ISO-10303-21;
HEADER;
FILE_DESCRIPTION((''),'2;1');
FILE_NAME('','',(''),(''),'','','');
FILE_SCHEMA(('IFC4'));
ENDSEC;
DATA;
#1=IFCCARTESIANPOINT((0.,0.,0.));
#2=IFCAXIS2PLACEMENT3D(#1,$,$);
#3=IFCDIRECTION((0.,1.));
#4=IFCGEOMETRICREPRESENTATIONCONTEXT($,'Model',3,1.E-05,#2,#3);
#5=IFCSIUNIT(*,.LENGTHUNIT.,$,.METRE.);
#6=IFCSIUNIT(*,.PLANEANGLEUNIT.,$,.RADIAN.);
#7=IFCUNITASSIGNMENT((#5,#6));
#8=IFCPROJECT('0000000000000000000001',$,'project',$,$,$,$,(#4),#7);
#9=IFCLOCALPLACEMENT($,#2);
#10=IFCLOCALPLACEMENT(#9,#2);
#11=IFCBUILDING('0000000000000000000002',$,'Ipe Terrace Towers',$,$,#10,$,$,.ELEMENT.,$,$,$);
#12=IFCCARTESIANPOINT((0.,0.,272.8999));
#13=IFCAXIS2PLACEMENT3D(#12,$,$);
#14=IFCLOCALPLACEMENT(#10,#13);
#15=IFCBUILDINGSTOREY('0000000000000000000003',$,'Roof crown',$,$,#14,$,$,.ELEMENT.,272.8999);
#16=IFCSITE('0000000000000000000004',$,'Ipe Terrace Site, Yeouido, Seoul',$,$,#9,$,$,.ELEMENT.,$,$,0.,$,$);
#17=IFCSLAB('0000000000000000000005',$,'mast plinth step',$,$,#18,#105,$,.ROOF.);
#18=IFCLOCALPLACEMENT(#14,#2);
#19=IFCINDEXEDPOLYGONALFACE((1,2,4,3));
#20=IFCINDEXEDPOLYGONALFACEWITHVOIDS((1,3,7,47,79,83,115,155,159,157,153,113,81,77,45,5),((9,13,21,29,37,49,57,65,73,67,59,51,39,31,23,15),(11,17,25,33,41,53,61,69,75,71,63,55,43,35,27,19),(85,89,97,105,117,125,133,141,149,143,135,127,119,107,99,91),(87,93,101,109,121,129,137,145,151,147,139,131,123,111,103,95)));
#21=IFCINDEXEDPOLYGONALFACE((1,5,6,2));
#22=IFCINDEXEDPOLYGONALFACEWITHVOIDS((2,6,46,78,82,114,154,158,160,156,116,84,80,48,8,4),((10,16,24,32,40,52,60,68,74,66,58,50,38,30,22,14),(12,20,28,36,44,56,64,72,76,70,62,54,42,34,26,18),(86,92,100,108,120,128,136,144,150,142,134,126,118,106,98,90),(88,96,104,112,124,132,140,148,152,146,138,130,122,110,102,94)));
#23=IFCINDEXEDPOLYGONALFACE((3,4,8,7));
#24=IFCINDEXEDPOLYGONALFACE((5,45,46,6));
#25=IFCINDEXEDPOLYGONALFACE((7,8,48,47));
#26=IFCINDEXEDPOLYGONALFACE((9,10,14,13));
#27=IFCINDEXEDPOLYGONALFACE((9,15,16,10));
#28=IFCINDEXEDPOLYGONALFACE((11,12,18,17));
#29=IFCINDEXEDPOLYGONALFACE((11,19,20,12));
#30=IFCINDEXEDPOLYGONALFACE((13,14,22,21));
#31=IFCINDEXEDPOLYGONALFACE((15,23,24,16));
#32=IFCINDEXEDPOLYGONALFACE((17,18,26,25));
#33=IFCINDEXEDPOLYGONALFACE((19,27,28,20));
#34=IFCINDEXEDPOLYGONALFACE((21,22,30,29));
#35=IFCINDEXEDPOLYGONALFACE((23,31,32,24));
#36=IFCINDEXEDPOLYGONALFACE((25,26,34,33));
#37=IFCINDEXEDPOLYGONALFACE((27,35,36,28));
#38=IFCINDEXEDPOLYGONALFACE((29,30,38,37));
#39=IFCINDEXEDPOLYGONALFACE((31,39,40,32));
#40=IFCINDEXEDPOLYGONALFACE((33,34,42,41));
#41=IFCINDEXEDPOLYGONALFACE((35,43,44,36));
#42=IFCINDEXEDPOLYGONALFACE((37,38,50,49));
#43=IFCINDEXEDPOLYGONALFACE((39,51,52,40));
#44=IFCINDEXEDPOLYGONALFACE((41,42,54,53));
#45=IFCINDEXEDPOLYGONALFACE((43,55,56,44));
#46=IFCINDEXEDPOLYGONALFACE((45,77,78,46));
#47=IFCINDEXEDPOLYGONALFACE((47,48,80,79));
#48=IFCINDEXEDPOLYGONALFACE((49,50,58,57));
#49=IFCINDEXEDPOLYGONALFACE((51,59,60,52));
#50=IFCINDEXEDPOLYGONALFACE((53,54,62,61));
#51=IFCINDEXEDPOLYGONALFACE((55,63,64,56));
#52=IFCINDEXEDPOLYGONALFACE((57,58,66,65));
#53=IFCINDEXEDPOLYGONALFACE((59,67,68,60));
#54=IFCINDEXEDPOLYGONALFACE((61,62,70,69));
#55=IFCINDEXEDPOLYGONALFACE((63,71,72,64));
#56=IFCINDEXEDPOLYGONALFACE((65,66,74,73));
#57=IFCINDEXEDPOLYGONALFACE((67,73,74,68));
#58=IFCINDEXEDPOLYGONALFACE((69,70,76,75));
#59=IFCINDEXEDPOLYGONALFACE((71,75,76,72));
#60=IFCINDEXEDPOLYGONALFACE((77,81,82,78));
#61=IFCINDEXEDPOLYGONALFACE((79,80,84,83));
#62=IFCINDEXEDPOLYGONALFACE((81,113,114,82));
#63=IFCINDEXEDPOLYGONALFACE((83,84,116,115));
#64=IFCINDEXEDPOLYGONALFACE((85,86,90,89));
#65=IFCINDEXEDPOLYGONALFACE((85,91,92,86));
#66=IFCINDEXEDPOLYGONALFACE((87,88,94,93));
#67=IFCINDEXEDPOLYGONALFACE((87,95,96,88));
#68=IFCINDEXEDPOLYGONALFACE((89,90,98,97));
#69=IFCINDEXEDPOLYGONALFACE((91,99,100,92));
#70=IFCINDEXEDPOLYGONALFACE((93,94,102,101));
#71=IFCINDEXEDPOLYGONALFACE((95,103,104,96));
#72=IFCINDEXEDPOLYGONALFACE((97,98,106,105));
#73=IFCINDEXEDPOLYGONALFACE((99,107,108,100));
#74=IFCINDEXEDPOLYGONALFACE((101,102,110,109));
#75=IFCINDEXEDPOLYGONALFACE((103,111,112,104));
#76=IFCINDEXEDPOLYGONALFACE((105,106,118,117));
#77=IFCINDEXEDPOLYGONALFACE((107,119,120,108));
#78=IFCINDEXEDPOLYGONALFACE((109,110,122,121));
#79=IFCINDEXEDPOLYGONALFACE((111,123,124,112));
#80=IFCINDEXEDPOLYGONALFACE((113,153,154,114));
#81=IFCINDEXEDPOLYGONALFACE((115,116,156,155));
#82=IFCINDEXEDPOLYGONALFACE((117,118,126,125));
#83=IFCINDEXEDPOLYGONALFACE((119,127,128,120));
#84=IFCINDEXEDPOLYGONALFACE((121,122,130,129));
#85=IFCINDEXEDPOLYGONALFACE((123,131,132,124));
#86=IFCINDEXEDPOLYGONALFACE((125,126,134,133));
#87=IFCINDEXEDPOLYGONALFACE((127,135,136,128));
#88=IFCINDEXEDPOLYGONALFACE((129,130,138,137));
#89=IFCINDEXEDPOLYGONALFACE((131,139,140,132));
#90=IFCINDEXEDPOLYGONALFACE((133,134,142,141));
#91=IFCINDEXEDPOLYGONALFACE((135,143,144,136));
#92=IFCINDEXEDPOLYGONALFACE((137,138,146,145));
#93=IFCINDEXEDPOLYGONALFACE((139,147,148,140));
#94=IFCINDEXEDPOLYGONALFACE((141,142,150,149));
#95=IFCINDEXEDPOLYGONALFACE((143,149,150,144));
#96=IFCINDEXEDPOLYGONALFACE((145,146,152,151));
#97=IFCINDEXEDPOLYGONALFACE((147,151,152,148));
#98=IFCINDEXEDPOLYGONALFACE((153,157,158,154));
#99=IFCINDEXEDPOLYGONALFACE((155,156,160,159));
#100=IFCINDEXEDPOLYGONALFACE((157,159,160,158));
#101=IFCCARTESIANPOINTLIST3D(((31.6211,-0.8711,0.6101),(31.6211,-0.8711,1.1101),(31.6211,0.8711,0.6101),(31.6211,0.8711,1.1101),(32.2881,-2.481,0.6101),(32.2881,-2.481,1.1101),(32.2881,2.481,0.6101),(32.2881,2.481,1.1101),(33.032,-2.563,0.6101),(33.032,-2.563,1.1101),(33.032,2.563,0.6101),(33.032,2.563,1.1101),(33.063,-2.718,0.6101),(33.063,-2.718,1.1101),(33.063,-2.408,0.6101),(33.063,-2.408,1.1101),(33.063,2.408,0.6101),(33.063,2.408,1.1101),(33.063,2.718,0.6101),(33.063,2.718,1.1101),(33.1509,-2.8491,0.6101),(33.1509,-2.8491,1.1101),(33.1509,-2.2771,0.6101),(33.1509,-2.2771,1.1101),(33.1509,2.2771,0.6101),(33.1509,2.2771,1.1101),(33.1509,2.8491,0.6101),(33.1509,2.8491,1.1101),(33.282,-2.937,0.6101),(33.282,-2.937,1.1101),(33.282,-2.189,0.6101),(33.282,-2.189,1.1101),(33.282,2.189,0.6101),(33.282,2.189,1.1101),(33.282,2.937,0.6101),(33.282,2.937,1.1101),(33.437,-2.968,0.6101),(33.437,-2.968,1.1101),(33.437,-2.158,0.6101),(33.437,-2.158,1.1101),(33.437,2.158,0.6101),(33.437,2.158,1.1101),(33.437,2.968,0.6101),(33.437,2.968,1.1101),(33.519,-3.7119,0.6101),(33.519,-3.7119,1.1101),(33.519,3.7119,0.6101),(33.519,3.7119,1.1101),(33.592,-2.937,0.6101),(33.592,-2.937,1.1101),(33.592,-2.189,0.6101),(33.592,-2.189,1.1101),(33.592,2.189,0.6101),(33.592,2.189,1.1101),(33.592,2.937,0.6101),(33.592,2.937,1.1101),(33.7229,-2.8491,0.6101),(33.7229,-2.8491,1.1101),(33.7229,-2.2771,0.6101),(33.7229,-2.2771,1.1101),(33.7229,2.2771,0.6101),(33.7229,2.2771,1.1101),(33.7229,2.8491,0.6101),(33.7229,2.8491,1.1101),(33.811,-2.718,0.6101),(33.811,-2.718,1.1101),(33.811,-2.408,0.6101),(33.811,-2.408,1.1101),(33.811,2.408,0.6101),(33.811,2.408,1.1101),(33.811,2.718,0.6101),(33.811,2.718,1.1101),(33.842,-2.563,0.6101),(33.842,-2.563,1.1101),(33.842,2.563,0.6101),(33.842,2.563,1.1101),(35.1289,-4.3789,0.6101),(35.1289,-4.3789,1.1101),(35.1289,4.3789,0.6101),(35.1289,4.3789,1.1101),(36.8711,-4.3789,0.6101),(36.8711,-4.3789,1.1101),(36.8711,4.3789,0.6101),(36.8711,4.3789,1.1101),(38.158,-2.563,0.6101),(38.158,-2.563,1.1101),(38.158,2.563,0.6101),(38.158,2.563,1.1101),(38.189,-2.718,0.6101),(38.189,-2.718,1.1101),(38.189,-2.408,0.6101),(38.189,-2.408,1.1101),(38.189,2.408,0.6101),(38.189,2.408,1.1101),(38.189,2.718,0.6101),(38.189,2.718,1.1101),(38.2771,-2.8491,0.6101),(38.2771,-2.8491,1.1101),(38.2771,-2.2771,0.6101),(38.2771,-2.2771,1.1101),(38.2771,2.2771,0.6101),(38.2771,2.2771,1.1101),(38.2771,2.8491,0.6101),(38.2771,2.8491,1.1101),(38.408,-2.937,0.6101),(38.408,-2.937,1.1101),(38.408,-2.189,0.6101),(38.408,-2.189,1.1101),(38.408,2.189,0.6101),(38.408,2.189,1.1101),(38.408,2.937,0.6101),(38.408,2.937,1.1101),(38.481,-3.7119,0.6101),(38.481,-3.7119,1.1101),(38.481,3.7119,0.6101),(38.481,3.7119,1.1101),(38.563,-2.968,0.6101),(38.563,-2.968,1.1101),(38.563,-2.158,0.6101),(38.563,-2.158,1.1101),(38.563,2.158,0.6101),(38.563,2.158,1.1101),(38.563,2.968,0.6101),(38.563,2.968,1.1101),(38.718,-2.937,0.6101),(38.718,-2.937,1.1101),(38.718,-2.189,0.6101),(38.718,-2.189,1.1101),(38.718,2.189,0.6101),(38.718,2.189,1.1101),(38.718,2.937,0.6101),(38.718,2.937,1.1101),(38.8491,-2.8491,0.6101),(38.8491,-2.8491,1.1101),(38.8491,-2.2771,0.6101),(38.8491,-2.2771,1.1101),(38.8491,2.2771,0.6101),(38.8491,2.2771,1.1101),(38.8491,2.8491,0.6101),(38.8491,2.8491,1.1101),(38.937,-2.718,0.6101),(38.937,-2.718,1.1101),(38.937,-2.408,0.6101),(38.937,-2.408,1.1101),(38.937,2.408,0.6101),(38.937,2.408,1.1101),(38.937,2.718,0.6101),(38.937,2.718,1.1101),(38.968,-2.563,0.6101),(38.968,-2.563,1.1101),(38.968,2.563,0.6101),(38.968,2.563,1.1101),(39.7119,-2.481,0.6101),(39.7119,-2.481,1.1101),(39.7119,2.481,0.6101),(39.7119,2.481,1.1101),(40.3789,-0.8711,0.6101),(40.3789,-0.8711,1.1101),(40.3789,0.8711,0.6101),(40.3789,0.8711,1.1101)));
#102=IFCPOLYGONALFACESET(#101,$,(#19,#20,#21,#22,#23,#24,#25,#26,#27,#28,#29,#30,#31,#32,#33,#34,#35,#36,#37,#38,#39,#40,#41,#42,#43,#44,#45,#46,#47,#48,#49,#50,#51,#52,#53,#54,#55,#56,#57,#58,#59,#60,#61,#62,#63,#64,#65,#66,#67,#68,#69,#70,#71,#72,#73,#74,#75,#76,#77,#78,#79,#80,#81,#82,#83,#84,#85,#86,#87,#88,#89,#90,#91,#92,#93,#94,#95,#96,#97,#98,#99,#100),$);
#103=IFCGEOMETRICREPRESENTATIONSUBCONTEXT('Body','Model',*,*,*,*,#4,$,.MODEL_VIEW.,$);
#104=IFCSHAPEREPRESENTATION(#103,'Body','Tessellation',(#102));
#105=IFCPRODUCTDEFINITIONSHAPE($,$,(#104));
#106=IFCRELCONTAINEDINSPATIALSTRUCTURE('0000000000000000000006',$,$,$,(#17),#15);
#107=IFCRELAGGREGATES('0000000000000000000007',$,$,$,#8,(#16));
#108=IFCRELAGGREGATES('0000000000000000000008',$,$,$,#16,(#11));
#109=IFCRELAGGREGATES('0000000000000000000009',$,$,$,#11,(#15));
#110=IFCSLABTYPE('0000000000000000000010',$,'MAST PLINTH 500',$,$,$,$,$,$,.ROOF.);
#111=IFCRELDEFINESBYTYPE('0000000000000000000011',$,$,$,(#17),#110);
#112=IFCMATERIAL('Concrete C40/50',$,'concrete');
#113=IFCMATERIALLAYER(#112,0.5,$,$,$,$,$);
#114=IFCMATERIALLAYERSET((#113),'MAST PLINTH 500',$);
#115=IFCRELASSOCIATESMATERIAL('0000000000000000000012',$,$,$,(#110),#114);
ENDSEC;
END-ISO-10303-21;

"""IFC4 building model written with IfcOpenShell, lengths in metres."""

from ifc_helpers import new_model, si_unit, direction, frame, origin, place, context, subcontext, project, spatial, polyline, outline, extrude, material, layer, layer_set, type_object, element, save


model = new_model("IFC4")

# Units and contexts
model_context = context("Model", 3, precision=1e-05, world=origin(), true_north=direction((0.0, 1.0)))
body_context = subcontext(model_context, "Body", "Model", "MODEL_VIEW")
ifc_project = project(units=[si_unit("LENGTHUNIT", "METRE"), si_unit("PLANEANGLEUNIT", "RADIAN")], contexts=[model_context])

# Site, building, storey
site_placement = place(None, origin())
site = spatial("IfcSite", under=ifc_project, at=site_placement, Name="Ipe Terrace Site, Yeouido, Seoul", CompositionType="ELEMENT", RefElevation=0.0)
building_placement = place(site_placement, origin())
building = spatial("IfcBuilding", under=site, at=building_placement, Name="Ipe Terrace Towers", CompositionType="ELEMENT")
storey_placement = place(building_placement, frame((0.0, 0.0, 272.8999)))
storey = spatial("IfcBuildingStorey", under=building, at=storey_placement, Name="Roof crown", CompositionType="ELEMENT", Elevation=272.8999)

# Slab
ifc_material_1 = material(Name="Concrete C40/50", Category="concrete")
ifc_layer_1 = layer(ifc_material_1, 0.5)
ifc_layer_set_1 = layer_set([ifc_layer_1], Name="MAST PLINTH 500")
slab_type_1 = type_object("IfcSlabType", Name="MAST PLINTH 500", PredefinedType="ROOF", material=ifc_layer_set_1)
slab_1_placement = place(storey_placement, frame((0.0, 0.0, 0.6101)))
element("IfcSlab", 1, at=slab_1_placement, inside=storey, type_object=slab_type_1, Name="mast plinth step", PredefinedType="ROOF", context=body_context, shape_type="SweptSolid", body=[
    extrude(outline(polyline([(40.3789, 0.8711), (39.7119, 2.481), (38.481, 3.7119), (36.8711, 4.3789), (35.1289, 4.3789), (33.519, 3.7119), (32.2881, 2.481), (31.6211, 0.8711), (31.6211, -0.8711), (32.2881, -2.481), (33.519, -3.7119), (35.1289, -4.3789), (36.8711, -4.3789), (38.481, -3.7119), (39.7119, -2.481), (40.3789, -0.8711), (40.3789, 0.8711)]), holes=[polyline([(38.968, -2.563), (38.937, -2.408), (38.8491, -2.2771), (38.718, -2.189), (38.563, -2.158), (38.408, -2.189), (38.2771, -2.2771), (38.189, -2.408), (38.158, -2.563), (38.189, -2.718), (38.2771, -2.8491), (38.408, -2.937), (38.563, -2.968), (38.718, -2.937), (38.8491, -2.8491), (38.937, -2.718), (38.968, -2.563)]), polyline([(33.842, -2.563), (33.811, -2.408), (33.7229, -2.2771), (33.592, -2.189), (33.437, -2.158), (33.282, -2.189), (33.1509, -2.2771), (33.063, -2.408), (33.032, -2.563), (33.063, -2.718), (33.1509, -2.8491), (33.282, -2.937), (33.437, -2.968), (33.592, -2.937), (33.7229, -2.8491), (33.811, -2.718), (33.842, -2.563)]), polyline([(38.968, 2.563), (38.937, 2.718), (38.8491, 2.8491), (38.718, 2.937), (38.563, 2.968), (38.408, 2.937), (38.2771, 2.8491), (38.189, 2.718), (38.158, 2.563), (38.189, 2.408), (38.2771, 2.2771), (38.408, 2.189), (38.563, 2.158), (38.718, 2.189), (38.8491, 2.2771), (38.937, 2.408), (38.968, 2.563)]), polyline([(33.842, 2.563), (33.811, 2.718), (33.7229, 2.8491), (33.592, 2.937), (33.437, 2.968), (33.282, 2.937), (33.1509, 2.8491), (33.063, 2.718), (33.032, 2.563), (33.063, 2.408), (33.1509, 2.2771), (33.282, 2.189), (33.437, 2.158), (33.592, 2.189), (33.7229, 2.2771), (33.811, 2.408), (33.842, 2.563)])]), origin(), (0.0, 0.0, 1.0), 0.5),
])

save(model, "model.ifc")
